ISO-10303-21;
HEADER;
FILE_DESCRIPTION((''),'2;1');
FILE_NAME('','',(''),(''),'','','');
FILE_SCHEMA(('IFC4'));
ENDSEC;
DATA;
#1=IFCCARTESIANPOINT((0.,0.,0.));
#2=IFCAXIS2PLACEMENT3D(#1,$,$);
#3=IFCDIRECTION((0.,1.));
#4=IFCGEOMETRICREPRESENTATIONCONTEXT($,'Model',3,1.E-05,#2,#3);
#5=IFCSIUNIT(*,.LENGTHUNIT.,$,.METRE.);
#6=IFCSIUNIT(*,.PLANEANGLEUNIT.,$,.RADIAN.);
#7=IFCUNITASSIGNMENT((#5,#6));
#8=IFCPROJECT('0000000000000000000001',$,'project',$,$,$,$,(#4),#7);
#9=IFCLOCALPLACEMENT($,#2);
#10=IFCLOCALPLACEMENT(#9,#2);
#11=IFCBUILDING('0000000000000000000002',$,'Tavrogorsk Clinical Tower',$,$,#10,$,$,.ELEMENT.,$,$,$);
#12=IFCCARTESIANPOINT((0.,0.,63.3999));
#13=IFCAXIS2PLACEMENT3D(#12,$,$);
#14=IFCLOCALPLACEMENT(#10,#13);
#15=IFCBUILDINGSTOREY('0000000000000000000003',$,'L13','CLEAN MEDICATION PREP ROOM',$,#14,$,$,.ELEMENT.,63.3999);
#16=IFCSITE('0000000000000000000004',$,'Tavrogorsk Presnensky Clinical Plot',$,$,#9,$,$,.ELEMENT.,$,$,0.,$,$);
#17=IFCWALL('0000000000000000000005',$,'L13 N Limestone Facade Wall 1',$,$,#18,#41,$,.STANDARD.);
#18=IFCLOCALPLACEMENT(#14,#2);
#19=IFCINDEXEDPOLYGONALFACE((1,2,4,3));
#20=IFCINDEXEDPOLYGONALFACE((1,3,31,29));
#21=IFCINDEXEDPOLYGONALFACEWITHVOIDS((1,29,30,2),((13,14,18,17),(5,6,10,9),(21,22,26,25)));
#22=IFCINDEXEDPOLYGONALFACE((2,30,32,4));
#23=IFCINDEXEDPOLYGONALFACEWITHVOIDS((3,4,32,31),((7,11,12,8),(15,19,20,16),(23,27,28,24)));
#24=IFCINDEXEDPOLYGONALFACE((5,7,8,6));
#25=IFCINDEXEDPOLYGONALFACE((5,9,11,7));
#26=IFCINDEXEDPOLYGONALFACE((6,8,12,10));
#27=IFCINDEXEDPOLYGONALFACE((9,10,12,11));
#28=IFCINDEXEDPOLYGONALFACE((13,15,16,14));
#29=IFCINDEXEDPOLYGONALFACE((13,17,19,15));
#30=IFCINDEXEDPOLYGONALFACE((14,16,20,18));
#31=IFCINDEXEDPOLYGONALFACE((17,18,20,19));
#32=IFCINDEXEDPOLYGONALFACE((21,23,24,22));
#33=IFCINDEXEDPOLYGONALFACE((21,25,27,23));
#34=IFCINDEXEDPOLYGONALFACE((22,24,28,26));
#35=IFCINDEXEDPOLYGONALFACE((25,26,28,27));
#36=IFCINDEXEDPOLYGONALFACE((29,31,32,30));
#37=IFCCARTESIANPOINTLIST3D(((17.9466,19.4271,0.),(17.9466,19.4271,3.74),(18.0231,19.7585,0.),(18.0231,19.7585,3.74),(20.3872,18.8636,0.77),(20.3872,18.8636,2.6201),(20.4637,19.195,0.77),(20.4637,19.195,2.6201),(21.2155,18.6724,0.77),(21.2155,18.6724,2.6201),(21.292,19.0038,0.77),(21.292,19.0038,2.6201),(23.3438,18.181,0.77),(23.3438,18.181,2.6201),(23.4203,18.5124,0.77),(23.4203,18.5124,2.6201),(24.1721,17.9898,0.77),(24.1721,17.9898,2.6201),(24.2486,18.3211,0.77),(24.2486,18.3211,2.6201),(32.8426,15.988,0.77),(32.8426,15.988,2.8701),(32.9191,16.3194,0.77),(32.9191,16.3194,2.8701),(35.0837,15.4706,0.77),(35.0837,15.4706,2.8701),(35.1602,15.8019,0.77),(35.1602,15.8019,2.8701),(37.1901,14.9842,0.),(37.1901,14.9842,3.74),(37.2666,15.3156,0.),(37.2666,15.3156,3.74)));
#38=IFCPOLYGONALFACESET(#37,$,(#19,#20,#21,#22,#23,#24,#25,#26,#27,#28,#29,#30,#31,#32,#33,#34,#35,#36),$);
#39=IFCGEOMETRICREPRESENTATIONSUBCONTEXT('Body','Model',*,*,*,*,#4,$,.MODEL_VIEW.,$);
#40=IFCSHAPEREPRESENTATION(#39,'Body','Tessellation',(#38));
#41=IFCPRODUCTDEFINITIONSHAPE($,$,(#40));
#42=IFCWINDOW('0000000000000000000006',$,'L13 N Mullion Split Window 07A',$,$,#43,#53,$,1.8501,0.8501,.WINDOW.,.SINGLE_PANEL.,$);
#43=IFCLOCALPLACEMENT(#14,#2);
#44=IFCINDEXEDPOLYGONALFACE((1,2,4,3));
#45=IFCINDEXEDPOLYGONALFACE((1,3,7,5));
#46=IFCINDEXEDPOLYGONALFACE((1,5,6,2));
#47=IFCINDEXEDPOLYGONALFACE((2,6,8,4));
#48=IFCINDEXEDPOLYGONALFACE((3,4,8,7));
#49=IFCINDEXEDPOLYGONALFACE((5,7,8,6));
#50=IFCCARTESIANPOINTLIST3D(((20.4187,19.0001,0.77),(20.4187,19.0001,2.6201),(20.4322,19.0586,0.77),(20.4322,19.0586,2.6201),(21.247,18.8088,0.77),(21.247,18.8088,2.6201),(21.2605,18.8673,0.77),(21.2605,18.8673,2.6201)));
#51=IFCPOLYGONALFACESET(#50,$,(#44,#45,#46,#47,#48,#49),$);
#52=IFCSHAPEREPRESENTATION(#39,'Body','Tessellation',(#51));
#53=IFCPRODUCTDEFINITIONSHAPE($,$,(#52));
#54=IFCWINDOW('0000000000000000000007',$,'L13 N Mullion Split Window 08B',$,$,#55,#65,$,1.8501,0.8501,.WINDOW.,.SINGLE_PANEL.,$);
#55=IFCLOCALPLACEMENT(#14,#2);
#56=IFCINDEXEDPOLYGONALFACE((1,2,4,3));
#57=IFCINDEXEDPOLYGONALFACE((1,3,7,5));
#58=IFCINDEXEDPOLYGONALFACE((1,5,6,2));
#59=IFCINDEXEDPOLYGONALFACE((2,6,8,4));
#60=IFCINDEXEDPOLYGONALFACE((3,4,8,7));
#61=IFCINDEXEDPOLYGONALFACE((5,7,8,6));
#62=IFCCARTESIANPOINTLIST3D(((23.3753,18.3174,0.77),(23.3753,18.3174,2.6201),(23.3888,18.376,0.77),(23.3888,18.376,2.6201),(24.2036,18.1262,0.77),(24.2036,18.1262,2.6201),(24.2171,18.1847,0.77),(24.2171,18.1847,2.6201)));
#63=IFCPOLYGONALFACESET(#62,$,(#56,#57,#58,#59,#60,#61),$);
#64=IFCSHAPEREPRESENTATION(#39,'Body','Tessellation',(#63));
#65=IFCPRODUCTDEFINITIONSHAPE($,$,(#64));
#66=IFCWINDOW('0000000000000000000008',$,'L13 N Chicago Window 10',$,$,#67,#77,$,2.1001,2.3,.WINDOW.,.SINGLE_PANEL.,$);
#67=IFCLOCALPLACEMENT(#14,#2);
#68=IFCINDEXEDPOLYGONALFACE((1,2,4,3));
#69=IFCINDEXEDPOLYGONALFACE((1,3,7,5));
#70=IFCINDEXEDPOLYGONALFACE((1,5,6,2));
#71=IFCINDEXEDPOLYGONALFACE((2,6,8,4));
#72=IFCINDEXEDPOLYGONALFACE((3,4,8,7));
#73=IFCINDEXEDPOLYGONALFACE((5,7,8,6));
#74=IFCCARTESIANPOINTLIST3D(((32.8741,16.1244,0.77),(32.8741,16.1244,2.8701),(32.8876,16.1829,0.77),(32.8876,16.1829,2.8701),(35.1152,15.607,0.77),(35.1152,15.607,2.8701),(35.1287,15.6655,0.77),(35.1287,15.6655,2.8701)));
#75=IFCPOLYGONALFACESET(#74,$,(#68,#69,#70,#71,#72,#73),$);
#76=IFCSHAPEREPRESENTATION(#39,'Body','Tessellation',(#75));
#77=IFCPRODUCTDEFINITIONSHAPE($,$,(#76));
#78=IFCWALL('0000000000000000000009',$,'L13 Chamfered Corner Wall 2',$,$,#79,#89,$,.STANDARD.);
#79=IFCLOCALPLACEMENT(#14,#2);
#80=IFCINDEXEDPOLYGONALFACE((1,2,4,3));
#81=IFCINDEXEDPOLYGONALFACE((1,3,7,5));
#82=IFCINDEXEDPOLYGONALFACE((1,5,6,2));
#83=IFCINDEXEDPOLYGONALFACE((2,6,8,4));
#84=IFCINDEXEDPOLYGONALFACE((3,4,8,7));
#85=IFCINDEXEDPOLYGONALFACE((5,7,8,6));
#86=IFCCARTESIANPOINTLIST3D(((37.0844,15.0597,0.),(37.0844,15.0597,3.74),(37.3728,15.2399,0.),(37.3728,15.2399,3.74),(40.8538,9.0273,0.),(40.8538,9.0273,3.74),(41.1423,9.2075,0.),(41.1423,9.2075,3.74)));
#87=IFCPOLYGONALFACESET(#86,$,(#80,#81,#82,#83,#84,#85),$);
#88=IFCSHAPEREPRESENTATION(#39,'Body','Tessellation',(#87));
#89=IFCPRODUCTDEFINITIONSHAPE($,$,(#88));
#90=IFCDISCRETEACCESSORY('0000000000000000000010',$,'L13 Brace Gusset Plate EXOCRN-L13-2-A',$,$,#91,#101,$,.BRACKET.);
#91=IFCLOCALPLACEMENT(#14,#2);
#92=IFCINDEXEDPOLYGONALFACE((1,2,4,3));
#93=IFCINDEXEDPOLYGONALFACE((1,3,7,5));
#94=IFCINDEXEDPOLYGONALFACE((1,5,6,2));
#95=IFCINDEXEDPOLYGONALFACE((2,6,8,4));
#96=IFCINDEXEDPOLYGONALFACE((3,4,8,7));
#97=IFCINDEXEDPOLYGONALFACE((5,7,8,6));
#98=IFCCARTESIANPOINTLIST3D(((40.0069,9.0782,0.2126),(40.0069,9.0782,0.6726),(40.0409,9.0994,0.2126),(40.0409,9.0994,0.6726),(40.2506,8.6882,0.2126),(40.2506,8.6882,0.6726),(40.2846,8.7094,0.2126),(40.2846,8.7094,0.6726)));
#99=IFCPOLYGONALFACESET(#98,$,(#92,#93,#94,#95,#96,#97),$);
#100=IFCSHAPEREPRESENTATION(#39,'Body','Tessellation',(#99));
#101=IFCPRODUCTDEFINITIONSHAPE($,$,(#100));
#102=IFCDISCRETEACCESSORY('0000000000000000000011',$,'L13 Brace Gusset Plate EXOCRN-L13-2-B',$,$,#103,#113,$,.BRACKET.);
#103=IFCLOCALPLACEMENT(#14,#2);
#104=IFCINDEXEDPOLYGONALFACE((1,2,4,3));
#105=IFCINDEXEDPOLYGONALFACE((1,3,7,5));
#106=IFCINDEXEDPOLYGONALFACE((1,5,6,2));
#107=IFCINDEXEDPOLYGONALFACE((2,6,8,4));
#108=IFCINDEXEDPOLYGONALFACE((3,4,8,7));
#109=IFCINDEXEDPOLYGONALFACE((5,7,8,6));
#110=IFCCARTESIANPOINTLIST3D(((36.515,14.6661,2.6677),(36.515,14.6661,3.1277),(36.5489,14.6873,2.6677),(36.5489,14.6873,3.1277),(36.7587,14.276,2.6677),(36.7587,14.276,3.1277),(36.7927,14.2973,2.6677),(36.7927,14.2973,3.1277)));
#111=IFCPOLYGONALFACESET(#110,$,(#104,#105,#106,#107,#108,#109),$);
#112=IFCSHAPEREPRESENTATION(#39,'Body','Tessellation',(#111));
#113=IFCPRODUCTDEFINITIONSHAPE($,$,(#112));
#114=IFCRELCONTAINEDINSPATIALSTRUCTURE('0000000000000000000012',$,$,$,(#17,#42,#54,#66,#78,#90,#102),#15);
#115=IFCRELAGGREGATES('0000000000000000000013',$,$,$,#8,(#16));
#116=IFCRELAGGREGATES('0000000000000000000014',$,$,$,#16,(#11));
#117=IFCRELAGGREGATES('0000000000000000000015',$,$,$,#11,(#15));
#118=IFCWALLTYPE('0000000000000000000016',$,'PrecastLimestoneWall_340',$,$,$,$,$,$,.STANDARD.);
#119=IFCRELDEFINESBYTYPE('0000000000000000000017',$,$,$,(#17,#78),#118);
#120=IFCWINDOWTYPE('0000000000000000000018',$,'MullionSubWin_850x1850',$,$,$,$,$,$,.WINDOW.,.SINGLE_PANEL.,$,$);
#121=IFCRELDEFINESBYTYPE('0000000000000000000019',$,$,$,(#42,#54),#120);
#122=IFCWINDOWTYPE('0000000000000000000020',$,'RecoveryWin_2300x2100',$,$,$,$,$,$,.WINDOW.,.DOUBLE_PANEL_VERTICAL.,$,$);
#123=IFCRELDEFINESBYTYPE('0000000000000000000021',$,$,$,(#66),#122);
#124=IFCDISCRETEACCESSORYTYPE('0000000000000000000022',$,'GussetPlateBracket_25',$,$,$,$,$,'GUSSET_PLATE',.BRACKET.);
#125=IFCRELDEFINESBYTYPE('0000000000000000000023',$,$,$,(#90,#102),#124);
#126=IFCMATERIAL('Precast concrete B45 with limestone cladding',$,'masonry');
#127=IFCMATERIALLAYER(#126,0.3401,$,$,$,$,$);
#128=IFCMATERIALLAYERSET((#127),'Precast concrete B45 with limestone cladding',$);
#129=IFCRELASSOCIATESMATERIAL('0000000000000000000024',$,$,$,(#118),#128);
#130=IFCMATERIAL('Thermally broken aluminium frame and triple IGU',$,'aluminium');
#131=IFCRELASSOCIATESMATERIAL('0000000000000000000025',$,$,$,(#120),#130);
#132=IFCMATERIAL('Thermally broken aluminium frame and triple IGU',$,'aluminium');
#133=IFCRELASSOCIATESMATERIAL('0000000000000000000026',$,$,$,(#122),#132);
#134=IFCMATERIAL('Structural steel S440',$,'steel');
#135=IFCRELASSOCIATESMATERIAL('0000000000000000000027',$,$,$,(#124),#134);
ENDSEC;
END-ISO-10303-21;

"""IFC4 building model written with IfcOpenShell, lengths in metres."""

from ifc_helpers import new_model, si_unit, direction, frame, frame_2d, origin, origin_2d, place, context, subcontext, project, spatial, rectangle, extrude, material, layer, layer_set, type_object, element, fill, save


model = new_model("IFC4")

# Units and contexts
model_context = context("Model", 3, precision=1e-05, world=origin(), true_north=direction((0.0, 1.0)))
body_context = subcontext(model_context, "Body", "Model", "MODEL_VIEW")
ifc_project = project(units=[si_unit("LENGTHUNIT", "METRE"), si_unit("PLANEANGLEUNIT", "RADIAN")], contexts=[model_context])

# Site, building, storey
site_placement = place(None, origin())
site = spatial("IfcSite", under=ifc_project, at=site_placement, Name="Tavrogorsk Presnensky Clinical Plot", CompositionType="ELEMENT", RefElevation=0.0)
building_placement = place(site_placement, origin())
building = spatial("IfcBuilding", under=site, at=building_placement, Name="Tavrogorsk Clinical Tower", CompositionType="ELEMENT")
storey_placement = place(building_placement, frame((0.0, 0.0, 63.3999)))
storey = spatial("IfcBuildingStorey", under=building, at=storey_placement, Name="L13", Description="CLEAN MEDICATION PREP ROOM", CompositionType="ELEMENT", Elevation=63.3999)

# Wall, openings, windows
ifc_material_1 = material(Name="Precast concrete B45 with limestone cladding", Category="masonry")
ifc_layer_1 = layer(ifc_material_1, 0.3401)
ifc_layer_set_1 = layer_set([ifc_layer_1], Name="Precast concrete B45 with limestone cladding")
wall_type_1 = type_object("IfcWallType", Name="PrecastLimestoneWall_340", PredefinedType="STANDARD", material=ifc_layer_set_1)
wall_1_placement = place(storey_placement, frame((37.2285, 15.1499, 0.0), z_axis=(0.0, 0.0, 1.0), x_axis=(-0.974369, 0.224957, 0.0)))
wall_1 = element("IfcWall", 1, at=wall_1_placement, inside=storey, type_object=wall_type_1, Name="L13 N Limestone Facade Wall 1", PredefinedType="STANDARD", context=body_context, shape_type="SweptSolid", body=[
    extrude(rectangle(XDim=19.7498, YDim=0.3401, at=frame_2d((9.875, 0.0))), origin(), (0.0, 0.0, 1.0), 3.74),
])
opening_1_placement = place(wall_1_placement, frame((16.395, 0.0, 0.77)))
opening_1 = element("IfcOpeningElement", 2, at=opening_1_placement, cuts=wall_1, PredefinedType="OPENING", context=body_context, shape_type="SweptSolid", body=[
    extrude(rectangle(XDim=0.8501, YDim=1.8501, at=frame_2d((0.425, 0.925))), frame((0.0, 0.1799, 0.0), z_axis=(0.0, -1.0, 0.0), x_axis=(1.0, 0.0, 0.0)), (0.0, 0.0, 1.0), 0.3601),
])
opening_2_placement = place(wall_1_placement, frame((13.3606, 0.0, 0.77)))
opening_2 = element("IfcOpeningElement", 3, at=opening_2_placement, cuts=wall_1, PredefinedType="OPENING", context=body_context, shape_type="SweptSolid", body=[
    extrude(rectangle(XDim=0.8501, YDim=1.8501, at=frame_2d((0.425, 0.925))), frame((0.0, 0.1799, 0.0), z_axis=(0.0, -1.0, 0.0), x_axis=(1.0, 0.0, 0.0)), (0.0, 0.0, 1.0), 0.3601),
])
opening_3_placement = place(wall_1_placement, frame((2.1621, 0.0, 0.77)))
opening_3 = element("IfcOpeningElement", 4, at=opening_3_placement, cuts=wall_1, PredefinedType="OPENING", context=body_context, shape_type="SweptSolid", body=[
    extrude(rectangle(XDim=2.3, YDim=2.1001, at=frame_2d((1.1499, 1.05))), frame((0.0, 0.1799, 0.0), z_axis=(0.0, -1.0, 0.0), x_axis=(1.0, 0.0, 0.0)), (0.0, 0.0, 1.0), 0.3601),
])
ifc_material_2 = material(Name="Thermally broken aluminium frame and triple IGU", Category="aluminium")
window_type_1 = type_object("IfcWindowType", Name="MullionSubWin_850x1850", PartitioningType="SINGLE_PANEL", PredefinedType="WINDOW", material=ifc_material_2)
window_1_placement = place(opening_1_placement, origin())
window_1 = element("IfcWindow", 5, at=window_1_placement, inside=storey, type_object=window_type_1, Name="L13 N Mullion Split Window 07A", OverallHeight=1.8501, OverallWidth=0.8501, PartitioningType="SINGLE_PANEL", PredefinedType="WINDOW", context=body_context, shape_type="SweptSolid", body=[
    extrude(rectangle(XDim=0.8501, YDim=1.8501, at=frame_2d((0.425, 0.925))), frame((0.0, 0.03, 0.0), z_axis=(0.0, -1.0, 0.0), x_axis=(1.0, 0.0, 0.0)), (0.0, 0.0, 1.0), 0.0601),
])
fill(opening_1, window_1)
window_2_placement = place(opening_2_placement, origin())
window_2 = element("IfcWindow", 6, at=window_2_placement, inside=storey, type_object=window_type_1, Name="L13 N Mullion Split Window 08B", OverallHeight=1.8501, OverallWidth=0.8501, PartitioningType="SINGLE_PANEL", PredefinedType="WINDOW", context=body_context, shape_type="SweptSolid", body=[
    extrude(rectangle(XDim=0.8501, YDim=1.8501, at=frame_2d((0.425, 0.925))), frame((0.0, 0.03, 0.0), z_axis=(0.0, -1.0, 0.0), x_axis=(1.0, 0.0, 0.0)), (0.0, 0.0, 1.0), 0.0601),
])
fill(opening_2, window_2)
ifc_material_3 = material(Name="Thermally broken aluminium frame and triple IGU", Category="aluminium")
window_type_2 = type_object("IfcWindowType", Name="RecoveryWin_2300x2100", PartitioningType="DOUBLE_PANEL_VERTICAL", PredefinedType="WINDOW", material=ifc_material_3)
window_3_placement = place(opening_3_placement, origin())
window_3 = element("IfcWindow", 7, at=window_3_placement, inside=storey, type_object=window_type_2, Name="L13 N Chicago Window 10", OverallHeight=2.1001, OverallWidth=2.3, PartitioningType="SINGLE_PANEL", PredefinedType="WINDOW", context=body_context, shape_type="SweptSolid", body=[
    extrude(rectangle(XDim=2.3, YDim=2.1001, at=frame_2d((1.1499, 1.05))), frame((0.0, 0.03, 0.0), z_axis=(0.0, -1.0, 0.0), x_axis=(1.0, 0.0, 0.0)), (0.0, 0.0, 1.0), 0.0601),
])
fill(opening_3, window_3)

# Wall
wall_2_placement = place(storey_placement, frame((40.998, 9.1174, 0.0), z_axis=(0.0, 0.0, 1.0), x_axis=(-0.529922, 0.848047, 0.0)))
element("IfcWall", 8, at=wall_2_placement, inside=storey, type_object=wall_type_1, Name="L13 Chamfered Corner Wall 2", PredefinedType="STANDARD", context=body_context, shape_type="SweptSolid", body=[
    extrude(rectangle(XDim=7.1133, YDim=0.3401, at=frame_2d((3.5566, 0.0))), origin(), (0.0, 0.0, 1.0), 3.74),
])

# Discrete accessories
ifc_material_4 = material(Name="Structural steel S440", Category="steel")
discrete_accessory_type = type_object("IfcDiscreteAccessoryType", Name="GussetPlateBracket_25", ElementType="GUSSET_PLATE", PredefinedType="BRACKET", material=ifc_material_4)
for number, where, z_axis, x_axis, name in (
    (9, (40.1458, 8.8938, 0.2126), (0.0, 0.0, 1.0), (-0.529919, 0.848048, 0.0), "L13 Brace Gusset Plate EXOCRN-L13-2-A"),
    (10, (36.6538, 14.4817, 2.6677), (0.0, 0.0, 1.0), (-0.529919, 0.848048, 0.0), "L13 Brace Gusset Plate EXOCRN-L13-2-B"),
):
    element("IfcDiscreteAccessory", number, at=place(storey_placement, frame(where, z_axis=z_axis, x_axis=x_axis)), inside=storey, type_object=discrete_accessory_type, Name=name, PredefinedType="BRACKET", context=body_context, shape_type="SweptSolid", body=[
        extrude(rectangle(XDim=0.46, YDim=0.04, at=origin_2d()), origin(), (0.0, 0.0, 1.0), 0.46),
    ])

save(model, "model.ifc")
